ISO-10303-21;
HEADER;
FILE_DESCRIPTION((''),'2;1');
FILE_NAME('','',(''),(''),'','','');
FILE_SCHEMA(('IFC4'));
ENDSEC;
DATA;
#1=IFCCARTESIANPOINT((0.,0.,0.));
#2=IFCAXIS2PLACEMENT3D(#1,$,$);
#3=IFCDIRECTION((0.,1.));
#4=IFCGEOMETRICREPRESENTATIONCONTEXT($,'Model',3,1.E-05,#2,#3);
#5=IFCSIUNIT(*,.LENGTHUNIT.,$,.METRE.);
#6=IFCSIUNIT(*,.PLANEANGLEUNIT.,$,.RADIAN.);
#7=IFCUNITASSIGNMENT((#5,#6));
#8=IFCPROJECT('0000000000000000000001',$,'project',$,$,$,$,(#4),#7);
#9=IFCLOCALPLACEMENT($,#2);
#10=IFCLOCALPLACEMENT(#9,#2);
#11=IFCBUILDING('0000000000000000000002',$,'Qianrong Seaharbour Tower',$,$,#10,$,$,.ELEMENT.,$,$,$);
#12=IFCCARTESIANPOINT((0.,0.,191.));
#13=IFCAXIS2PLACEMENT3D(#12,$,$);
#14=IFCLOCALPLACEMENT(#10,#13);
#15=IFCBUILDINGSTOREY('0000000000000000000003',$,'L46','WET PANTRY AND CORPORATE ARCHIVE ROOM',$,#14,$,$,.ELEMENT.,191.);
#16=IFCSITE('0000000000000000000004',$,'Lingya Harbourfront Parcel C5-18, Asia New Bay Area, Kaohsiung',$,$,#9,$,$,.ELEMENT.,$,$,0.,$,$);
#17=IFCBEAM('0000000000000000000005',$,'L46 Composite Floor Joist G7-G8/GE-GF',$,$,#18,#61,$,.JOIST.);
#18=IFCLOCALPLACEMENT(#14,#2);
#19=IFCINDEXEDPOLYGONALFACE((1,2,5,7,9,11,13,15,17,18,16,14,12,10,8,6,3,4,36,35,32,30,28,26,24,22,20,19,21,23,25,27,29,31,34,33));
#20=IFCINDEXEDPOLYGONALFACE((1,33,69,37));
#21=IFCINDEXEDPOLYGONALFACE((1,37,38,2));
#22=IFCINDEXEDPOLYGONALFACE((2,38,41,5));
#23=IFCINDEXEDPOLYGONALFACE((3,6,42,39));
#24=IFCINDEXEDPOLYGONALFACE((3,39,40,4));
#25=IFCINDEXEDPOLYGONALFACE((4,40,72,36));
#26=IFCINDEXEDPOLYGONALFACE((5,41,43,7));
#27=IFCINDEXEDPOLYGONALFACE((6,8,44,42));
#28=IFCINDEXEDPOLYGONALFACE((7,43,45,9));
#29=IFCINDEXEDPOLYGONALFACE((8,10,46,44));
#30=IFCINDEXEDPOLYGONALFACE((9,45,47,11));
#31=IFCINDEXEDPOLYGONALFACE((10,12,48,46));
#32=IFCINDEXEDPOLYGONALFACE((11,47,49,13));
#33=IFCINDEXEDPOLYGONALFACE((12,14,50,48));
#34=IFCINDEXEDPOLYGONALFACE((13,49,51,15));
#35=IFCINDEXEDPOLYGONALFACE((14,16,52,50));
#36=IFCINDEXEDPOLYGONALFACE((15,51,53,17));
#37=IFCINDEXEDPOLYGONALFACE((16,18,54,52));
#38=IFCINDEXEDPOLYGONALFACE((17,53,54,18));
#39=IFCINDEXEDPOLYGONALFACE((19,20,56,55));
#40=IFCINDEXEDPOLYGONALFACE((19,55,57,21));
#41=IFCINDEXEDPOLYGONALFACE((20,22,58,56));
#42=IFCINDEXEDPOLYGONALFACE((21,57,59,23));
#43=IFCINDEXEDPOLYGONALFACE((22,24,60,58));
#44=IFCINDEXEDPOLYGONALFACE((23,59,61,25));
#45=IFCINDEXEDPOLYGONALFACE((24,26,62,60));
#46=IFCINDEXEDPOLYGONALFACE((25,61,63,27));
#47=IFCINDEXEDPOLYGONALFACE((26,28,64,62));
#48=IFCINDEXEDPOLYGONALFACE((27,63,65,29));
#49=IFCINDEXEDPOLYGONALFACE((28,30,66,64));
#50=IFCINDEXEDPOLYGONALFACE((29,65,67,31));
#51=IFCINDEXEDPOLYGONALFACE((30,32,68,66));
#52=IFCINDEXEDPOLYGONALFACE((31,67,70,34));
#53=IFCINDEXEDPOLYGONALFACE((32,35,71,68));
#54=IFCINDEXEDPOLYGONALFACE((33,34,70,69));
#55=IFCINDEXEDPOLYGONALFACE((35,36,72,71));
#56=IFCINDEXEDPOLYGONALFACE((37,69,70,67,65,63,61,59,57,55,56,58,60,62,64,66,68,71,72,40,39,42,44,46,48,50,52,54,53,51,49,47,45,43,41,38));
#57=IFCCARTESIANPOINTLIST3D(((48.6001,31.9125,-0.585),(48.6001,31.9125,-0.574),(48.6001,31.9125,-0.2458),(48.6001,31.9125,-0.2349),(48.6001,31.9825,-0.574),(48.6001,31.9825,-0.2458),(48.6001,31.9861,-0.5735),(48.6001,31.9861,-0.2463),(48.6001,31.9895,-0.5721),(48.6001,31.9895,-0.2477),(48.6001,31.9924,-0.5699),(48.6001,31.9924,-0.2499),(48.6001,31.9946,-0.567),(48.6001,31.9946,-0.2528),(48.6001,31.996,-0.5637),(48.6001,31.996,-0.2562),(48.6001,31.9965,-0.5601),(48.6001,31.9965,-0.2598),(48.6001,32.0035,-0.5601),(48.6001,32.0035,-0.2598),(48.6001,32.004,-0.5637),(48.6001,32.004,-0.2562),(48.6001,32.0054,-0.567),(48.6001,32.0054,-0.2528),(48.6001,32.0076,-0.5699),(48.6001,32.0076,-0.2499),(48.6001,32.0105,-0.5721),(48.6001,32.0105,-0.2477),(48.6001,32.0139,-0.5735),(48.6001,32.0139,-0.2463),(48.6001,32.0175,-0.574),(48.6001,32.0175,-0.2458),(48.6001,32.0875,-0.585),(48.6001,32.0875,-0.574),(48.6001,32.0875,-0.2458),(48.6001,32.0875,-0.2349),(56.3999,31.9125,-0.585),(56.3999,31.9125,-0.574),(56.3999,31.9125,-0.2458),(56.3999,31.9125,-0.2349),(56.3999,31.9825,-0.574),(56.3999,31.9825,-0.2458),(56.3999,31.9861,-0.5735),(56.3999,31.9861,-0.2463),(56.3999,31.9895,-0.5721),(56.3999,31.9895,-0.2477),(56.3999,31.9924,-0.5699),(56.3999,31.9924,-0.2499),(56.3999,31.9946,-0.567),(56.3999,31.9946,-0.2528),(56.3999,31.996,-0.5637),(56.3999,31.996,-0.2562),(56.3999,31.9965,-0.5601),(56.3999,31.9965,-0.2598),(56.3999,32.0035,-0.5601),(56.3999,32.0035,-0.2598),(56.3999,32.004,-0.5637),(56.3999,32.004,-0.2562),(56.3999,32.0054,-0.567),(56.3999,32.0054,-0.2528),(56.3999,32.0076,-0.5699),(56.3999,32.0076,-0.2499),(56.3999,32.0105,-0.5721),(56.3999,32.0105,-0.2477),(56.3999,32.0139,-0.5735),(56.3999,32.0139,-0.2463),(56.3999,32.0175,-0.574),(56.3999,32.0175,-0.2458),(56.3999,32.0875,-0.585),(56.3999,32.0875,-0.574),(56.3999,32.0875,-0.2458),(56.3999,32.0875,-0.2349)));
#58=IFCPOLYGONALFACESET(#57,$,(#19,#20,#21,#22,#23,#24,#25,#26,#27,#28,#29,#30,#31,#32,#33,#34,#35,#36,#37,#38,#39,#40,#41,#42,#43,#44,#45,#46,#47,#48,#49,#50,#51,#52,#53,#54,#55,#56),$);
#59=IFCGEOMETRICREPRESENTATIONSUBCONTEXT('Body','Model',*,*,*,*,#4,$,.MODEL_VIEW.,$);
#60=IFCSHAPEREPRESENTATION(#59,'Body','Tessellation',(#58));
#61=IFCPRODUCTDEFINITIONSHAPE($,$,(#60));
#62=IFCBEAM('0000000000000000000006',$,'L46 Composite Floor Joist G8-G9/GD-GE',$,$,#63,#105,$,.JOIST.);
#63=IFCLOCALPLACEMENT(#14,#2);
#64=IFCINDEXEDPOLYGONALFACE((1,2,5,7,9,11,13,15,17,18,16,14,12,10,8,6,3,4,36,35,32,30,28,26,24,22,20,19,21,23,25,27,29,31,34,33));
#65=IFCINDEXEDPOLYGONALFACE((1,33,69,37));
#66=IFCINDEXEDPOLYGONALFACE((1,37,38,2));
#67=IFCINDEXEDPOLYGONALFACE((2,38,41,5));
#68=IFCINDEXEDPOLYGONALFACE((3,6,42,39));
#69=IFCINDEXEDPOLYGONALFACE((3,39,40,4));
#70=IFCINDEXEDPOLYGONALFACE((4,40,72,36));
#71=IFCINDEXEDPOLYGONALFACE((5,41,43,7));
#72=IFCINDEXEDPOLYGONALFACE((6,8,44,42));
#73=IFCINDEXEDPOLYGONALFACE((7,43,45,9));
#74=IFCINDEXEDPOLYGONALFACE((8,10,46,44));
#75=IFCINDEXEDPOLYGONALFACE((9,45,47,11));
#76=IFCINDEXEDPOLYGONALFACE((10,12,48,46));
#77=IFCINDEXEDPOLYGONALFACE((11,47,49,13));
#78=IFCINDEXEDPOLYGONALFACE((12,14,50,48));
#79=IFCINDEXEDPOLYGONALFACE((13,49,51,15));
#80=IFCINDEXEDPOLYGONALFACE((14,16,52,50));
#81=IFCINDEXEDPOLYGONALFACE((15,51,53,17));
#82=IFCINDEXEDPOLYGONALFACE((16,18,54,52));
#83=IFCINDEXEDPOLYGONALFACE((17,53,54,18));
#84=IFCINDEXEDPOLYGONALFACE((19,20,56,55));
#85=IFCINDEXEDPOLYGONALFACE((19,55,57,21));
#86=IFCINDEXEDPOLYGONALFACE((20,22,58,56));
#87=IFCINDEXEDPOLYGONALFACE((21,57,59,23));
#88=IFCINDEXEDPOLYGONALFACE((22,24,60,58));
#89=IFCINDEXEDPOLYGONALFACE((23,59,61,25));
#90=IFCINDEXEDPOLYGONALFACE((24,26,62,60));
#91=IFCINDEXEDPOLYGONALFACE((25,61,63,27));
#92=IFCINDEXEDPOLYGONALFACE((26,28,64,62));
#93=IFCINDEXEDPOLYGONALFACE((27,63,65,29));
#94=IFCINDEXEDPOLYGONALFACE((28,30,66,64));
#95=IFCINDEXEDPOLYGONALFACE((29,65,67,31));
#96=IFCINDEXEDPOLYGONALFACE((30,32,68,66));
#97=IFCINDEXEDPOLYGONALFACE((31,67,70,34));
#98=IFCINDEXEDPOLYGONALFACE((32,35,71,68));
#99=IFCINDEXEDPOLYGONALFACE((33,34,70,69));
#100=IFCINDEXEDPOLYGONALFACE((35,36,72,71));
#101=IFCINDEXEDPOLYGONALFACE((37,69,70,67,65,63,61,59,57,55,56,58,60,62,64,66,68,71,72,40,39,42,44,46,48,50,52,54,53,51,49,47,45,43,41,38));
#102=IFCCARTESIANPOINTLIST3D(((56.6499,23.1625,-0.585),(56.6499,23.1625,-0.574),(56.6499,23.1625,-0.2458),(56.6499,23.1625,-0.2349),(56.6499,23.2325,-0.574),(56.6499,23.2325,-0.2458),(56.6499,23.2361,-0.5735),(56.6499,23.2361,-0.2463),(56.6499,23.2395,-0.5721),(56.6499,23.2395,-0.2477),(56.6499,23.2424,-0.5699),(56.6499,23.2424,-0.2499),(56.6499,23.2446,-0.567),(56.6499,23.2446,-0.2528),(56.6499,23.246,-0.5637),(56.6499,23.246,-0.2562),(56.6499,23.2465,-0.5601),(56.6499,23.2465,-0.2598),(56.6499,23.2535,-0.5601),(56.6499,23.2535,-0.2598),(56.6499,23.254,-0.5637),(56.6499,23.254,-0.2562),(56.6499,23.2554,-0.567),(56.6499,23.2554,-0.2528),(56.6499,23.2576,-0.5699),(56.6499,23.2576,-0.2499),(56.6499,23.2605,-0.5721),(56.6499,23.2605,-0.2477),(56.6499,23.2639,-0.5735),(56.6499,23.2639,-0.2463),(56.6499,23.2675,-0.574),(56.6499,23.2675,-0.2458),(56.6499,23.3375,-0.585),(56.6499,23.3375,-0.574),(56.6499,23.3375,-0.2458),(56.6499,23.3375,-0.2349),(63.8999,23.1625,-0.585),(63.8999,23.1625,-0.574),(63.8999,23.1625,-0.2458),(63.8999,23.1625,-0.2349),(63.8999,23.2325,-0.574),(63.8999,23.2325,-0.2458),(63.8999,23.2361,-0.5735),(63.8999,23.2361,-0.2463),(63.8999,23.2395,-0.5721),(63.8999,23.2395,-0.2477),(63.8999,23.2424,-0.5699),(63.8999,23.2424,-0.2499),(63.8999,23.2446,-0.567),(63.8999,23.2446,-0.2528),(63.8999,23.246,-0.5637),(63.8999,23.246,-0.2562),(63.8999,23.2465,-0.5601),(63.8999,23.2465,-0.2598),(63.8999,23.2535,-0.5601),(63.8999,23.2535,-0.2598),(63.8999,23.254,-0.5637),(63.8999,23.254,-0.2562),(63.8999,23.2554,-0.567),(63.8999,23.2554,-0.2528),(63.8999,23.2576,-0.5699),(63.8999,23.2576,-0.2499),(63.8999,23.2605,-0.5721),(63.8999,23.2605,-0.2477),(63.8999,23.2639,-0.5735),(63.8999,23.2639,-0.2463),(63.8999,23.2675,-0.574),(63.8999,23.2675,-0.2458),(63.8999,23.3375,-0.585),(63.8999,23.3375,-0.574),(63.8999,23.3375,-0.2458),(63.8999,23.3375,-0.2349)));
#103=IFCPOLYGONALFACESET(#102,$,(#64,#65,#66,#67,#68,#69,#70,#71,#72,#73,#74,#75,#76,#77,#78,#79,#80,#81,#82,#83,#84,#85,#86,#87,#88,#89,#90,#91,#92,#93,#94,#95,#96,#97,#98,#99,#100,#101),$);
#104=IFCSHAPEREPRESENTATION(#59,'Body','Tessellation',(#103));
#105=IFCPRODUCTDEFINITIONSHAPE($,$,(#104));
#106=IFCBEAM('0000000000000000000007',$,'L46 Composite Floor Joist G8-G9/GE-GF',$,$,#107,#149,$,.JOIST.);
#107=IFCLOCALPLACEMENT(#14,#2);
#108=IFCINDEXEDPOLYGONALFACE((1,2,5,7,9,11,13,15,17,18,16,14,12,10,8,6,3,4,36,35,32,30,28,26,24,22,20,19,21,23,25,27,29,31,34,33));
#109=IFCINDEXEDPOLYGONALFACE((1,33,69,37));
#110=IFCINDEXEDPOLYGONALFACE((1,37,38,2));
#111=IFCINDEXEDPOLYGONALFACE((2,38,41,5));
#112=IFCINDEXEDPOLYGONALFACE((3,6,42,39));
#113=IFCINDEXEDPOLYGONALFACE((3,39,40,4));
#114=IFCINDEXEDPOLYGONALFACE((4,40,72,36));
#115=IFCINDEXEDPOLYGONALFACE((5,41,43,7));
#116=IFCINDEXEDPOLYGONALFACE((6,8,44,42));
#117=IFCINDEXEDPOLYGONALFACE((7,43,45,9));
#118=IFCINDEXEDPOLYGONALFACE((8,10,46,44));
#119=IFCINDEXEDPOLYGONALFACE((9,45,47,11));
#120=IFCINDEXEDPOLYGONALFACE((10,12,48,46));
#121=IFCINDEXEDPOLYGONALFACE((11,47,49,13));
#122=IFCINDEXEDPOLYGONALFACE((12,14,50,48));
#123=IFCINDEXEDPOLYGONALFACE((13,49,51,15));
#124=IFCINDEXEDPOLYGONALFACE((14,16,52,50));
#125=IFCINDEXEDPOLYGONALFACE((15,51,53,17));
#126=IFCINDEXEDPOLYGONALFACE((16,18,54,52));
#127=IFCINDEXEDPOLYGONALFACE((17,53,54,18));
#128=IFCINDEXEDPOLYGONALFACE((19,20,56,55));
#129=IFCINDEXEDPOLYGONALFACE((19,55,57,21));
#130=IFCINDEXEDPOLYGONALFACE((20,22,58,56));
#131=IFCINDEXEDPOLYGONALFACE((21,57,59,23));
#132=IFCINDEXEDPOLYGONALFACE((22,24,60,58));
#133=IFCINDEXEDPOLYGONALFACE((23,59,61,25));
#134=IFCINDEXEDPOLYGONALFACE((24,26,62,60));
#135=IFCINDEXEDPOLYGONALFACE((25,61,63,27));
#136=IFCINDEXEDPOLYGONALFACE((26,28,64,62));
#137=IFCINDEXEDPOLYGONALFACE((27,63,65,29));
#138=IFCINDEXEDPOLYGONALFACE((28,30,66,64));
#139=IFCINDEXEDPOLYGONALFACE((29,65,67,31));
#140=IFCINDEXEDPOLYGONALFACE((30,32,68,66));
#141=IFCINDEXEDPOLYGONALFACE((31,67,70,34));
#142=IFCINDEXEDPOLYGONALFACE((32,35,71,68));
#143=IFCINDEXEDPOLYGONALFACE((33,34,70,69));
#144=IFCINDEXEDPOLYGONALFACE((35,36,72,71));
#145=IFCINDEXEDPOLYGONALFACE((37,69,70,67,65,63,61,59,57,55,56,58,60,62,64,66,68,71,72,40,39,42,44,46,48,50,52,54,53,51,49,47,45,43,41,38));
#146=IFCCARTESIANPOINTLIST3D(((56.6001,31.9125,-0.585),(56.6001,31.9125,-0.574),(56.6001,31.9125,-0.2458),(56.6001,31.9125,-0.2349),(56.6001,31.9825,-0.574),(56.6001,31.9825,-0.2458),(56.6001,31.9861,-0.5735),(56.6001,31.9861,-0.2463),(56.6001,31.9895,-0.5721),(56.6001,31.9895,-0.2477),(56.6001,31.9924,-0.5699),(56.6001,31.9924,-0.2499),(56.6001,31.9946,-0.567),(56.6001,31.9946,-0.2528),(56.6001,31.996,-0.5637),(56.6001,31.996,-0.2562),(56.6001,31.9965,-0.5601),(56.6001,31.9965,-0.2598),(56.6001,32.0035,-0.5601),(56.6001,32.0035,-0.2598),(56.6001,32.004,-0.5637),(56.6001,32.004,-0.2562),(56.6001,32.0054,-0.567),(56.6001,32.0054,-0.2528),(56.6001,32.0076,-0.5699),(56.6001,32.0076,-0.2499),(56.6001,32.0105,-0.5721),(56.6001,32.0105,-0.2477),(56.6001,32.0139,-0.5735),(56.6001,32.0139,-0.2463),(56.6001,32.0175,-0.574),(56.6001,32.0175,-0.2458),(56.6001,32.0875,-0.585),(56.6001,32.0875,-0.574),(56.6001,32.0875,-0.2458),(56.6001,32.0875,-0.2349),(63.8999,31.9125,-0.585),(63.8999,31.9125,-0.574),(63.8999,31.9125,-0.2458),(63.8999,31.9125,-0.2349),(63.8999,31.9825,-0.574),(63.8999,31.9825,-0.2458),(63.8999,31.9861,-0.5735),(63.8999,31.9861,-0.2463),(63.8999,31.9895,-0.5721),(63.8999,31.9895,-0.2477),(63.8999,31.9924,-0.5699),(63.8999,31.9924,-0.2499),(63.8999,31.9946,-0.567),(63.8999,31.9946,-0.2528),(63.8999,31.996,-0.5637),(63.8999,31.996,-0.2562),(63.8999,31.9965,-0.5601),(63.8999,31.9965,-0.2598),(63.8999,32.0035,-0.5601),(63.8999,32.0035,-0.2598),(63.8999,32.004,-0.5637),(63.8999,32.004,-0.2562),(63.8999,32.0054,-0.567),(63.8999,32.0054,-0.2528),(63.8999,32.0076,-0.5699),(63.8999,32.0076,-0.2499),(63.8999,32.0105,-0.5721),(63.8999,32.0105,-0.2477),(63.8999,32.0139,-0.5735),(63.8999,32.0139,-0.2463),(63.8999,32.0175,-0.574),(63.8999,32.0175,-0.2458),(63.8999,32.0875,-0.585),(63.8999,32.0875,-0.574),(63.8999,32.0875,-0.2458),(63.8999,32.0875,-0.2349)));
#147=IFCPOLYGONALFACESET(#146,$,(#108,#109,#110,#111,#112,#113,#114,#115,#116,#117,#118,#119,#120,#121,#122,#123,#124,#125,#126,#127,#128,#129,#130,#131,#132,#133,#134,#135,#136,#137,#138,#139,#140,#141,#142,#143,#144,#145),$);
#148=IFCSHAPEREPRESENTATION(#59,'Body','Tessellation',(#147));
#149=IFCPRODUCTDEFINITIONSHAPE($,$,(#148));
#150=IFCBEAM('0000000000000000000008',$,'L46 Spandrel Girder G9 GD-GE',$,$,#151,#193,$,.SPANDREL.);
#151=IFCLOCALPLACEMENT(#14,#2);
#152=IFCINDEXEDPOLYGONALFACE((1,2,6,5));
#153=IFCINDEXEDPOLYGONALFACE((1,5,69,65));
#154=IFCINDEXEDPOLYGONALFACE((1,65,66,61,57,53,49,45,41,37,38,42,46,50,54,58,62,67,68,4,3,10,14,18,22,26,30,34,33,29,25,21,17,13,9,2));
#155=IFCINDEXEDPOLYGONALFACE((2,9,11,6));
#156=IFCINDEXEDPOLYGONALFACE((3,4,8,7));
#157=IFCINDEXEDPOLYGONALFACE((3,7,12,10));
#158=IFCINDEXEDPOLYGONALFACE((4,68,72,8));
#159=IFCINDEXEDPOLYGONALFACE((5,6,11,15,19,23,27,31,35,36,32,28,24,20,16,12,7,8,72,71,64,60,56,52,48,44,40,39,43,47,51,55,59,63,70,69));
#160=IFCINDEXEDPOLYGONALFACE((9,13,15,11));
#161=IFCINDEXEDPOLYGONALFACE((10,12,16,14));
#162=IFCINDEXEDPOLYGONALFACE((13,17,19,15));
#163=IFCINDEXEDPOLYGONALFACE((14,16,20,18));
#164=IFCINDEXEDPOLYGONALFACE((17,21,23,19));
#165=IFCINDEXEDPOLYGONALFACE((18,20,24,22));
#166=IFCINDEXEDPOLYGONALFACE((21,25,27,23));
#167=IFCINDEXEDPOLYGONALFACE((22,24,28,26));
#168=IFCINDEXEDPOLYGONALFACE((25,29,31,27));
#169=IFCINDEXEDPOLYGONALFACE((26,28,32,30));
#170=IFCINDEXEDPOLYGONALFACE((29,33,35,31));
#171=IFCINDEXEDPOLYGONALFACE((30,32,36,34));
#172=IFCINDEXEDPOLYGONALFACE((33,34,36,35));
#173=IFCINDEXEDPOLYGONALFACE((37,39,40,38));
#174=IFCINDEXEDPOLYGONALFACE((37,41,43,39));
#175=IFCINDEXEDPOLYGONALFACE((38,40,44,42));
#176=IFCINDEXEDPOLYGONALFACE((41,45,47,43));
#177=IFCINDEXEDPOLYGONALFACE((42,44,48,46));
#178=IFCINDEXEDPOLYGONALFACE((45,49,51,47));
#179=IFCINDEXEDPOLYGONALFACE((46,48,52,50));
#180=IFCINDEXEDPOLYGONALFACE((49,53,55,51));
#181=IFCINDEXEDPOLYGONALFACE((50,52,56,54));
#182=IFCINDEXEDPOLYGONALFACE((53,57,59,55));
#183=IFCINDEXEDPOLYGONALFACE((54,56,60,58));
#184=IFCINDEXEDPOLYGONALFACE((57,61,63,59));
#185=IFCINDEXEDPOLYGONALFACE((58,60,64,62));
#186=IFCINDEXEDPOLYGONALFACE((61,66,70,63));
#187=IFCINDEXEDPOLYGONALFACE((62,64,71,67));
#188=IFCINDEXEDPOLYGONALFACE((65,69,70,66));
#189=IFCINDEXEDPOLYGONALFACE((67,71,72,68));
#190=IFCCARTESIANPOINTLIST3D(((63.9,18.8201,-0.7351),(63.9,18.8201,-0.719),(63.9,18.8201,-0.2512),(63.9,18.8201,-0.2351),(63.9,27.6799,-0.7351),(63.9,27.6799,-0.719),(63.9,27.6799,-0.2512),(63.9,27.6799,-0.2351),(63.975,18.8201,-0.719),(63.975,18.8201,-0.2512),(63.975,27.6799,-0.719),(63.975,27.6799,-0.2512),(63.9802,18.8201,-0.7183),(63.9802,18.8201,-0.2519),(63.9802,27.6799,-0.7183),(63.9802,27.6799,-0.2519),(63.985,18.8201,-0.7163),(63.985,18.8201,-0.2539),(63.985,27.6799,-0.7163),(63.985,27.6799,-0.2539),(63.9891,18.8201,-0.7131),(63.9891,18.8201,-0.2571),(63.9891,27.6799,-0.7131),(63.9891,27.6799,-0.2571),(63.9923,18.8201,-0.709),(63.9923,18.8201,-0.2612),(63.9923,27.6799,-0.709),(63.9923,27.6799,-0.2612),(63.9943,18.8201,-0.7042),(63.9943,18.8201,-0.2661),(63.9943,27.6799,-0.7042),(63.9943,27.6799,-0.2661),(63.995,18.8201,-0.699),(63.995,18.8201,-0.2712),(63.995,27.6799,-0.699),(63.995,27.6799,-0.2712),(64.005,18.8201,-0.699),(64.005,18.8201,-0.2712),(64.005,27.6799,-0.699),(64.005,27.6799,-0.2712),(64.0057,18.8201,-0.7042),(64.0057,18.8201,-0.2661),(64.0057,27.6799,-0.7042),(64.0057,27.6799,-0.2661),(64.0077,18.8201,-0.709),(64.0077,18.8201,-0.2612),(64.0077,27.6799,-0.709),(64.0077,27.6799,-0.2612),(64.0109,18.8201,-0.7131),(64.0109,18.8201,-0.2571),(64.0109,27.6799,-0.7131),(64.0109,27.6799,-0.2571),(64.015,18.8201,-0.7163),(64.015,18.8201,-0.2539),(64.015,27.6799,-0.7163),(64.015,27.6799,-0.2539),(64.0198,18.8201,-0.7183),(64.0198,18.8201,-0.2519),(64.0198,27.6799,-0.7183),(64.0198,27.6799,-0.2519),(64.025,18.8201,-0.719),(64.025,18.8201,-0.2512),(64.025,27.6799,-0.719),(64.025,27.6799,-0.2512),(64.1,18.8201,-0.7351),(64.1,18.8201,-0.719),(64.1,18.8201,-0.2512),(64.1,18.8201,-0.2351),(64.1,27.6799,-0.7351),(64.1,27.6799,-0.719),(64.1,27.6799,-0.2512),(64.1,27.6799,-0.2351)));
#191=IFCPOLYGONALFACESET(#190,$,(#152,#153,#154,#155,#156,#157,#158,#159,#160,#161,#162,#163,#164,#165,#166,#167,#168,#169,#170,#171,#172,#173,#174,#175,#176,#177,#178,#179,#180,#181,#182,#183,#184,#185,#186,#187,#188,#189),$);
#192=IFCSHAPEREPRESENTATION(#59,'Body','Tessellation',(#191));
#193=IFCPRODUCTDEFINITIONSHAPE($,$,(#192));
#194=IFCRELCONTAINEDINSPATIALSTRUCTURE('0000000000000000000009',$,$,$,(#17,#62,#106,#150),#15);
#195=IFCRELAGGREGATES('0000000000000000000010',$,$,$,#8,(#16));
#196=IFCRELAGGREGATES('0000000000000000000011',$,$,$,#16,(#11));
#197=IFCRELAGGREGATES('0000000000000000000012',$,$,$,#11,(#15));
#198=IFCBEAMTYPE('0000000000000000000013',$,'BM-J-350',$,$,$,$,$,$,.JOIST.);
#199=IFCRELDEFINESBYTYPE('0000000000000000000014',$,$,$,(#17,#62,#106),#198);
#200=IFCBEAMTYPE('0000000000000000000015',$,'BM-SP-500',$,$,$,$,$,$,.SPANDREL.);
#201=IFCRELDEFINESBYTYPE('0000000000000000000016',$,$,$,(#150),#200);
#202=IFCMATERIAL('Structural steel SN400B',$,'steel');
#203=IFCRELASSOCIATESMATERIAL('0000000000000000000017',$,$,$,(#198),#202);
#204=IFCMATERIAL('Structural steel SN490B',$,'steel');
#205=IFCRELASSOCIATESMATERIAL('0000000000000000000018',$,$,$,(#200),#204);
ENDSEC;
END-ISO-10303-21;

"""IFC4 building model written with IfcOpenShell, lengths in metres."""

from ifc_helpers import new_model, si_unit, direction, frame, origin, origin_2d, place, context, subcontext, project, spatial, i_section, extrude, material, material_profile, profile_set, type_object, element, save


model = new_model("IFC4")

# Units and contexts
model_context = context("Model", 3, precision=1e-05, world=origin(), true_north=direction((0.0, 1.0)))
body_context = subcontext(model_context, "Body", "Model", "MODEL_VIEW")
ifc_project = project(units=[si_unit("LENGTHUNIT", "METRE"), si_unit("PLANEANGLEUNIT", "RADIAN")], contexts=[model_context])

# Site, building, storey
site_placement = place(None, origin())
site = spatial("IfcSite", under=ifc_project, at=site_placement, Name="Lingya Harbourfront Parcel C5-18, Asia New Bay Area, Kaohsiung", CompositionType="ELEMENT", RefElevation=0.0)
building_placement = place(site_placement, origin())
building = spatial("IfcBuilding", under=site, at=building_placement, Name="Qianrong Seaharbour Tower", CompositionType="ELEMENT")
storey_placement = place(building_placement, frame((0.0, 0.0, 191.0)))
storey = spatial("IfcBuildingStorey", under=building, at=storey_placement, Name="L46", Description="WET PANTRY AND CORPORATE ARCHIVE ROOM", CompositionType="ELEMENT", Elevation=191.0)

# Shared definitions
ifc_material_1 = material(Name="Structural steel SN490B", Category="steel")

# Beams
ifc_material_2 = material(Name="Structural steel SN400B", Category="steel")
ifc_material_profile_1 = material_profile(ifc_material_2, i_section(OverallWidth=0.175, OverallDepth=0.3501, WebThickness=0.0071, FlangeThickness=0.011, FilletRadius=0.0139, at=origin_2d()), Name="H350x175x7x11")
ifc_profile_set_1 = profile_set([ifc_material_profile_1], Name="Structural steel SN400B")
beam_type_1 = type_object("IfcBeamType", Name="BM-J-350", PredefinedType="JOIST", material=ifc_profile_set_1)
beam_1_placement = place(storey_placement, frame((48.6001, 32.0, -0.4099), z_axis=(1.0, 0.0, 0.0), x_axis=(0.0, 1.0, 0.0)))
element("IfcBeam", 1, at=beam_1_placement, inside=storey, type_object=beam_type_1, Name="L46 Composite Floor Joist G7-G8/GE-GF", PredefinedType="JOIST", context=body_context, shape_type="SweptSolid", body=[
    extrude(i_section(OverallWidth=0.175, OverallDepth=0.3501, WebThickness=0.0071, FlangeThickness=0.011, FilletRadius=0.0139, at=origin_2d()), origin(), (0.0, 0.0, 1.0), 7.7998),
])
beam_2_placement = place(storey_placement, frame((56.6499, 23.25, -0.4099), z_axis=(1.0, 0.0, 0.0), x_axis=(0.0, 1.0, 0.0)))
element("IfcBeam", 2, at=beam_2_placement, inside=storey, type_object=beam_type_1, Name="L46 Composite Floor Joist G8-G9/GD-GE", PredefinedType="JOIST", context=body_context, shape_type="SweptSolid", body=[
    extrude(i_section(OverallWidth=0.175, OverallDepth=0.3501, WebThickness=0.0071, FlangeThickness=0.011, FilletRadius=0.0139, at=origin_2d()), origin(), (0.0, 0.0, 1.0), 7.25),
])
beam_3_placement = place(storey_placement, frame((56.6001, 32.0, -0.4099), z_axis=(1.0, 0.0, 0.0), x_axis=(0.0, 1.0, 0.0)))
element("IfcBeam", 3, at=beam_3_placement, inside=storey, type_object=beam_type_1, Name="L46 Composite Floor Joist G8-G9/GE-GF", PredefinedType="JOIST", context=body_context, shape_type="SweptSolid", body=[
    extrude(i_section(OverallWidth=0.175, OverallDepth=0.3501, WebThickness=0.0071, FlangeThickness=0.011, FilletRadius=0.0139, at=origin_2d()), origin(), (0.0, 0.0, 1.0), 7.2998),
])
ifc_material_profile_2 = material_profile(ifc_material_1, i_section(OverallWidth=0.2, OverallDepth=0.5, WebThickness=0.01, FlangeThickness=0.0161, FilletRadius=0.02, at=origin_2d()), Name="H500x200x10x16")
ifc_profile_set_2 = profile_set([ifc_material_profile_2], Name="Structural steel SN490B")
beam_type_2 = type_object("IfcBeamType", Name="BM-SP-500", PredefinedType="SPANDREL", material=ifc_profile_set_2)
beam_4_placement = place(storey_placement, frame((64.0, 18.8201, -0.4851), z_axis=(0.0, 1.0, 0.0), x_axis=(-1.0, 0.0, 0.0)))
element("IfcBeam", 4, at=beam_4_placement, inside=storey, type_object=beam_type_2, Name="L46 Spandrel Girder G9 GD-GE", PredefinedType="SPANDREL", context=body_context, shape_type="SweptSolid", body=[
    extrude(i_section(OverallWidth=0.2, OverallDepth=0.5, WebThickness=0.01, FlangeThickness=0.0161, FilletRadius=0.02, at=origin_2d()), origin(), (0.0, 0.0, 1.0), 8.8599),
])

save(model, "model.ifc")
